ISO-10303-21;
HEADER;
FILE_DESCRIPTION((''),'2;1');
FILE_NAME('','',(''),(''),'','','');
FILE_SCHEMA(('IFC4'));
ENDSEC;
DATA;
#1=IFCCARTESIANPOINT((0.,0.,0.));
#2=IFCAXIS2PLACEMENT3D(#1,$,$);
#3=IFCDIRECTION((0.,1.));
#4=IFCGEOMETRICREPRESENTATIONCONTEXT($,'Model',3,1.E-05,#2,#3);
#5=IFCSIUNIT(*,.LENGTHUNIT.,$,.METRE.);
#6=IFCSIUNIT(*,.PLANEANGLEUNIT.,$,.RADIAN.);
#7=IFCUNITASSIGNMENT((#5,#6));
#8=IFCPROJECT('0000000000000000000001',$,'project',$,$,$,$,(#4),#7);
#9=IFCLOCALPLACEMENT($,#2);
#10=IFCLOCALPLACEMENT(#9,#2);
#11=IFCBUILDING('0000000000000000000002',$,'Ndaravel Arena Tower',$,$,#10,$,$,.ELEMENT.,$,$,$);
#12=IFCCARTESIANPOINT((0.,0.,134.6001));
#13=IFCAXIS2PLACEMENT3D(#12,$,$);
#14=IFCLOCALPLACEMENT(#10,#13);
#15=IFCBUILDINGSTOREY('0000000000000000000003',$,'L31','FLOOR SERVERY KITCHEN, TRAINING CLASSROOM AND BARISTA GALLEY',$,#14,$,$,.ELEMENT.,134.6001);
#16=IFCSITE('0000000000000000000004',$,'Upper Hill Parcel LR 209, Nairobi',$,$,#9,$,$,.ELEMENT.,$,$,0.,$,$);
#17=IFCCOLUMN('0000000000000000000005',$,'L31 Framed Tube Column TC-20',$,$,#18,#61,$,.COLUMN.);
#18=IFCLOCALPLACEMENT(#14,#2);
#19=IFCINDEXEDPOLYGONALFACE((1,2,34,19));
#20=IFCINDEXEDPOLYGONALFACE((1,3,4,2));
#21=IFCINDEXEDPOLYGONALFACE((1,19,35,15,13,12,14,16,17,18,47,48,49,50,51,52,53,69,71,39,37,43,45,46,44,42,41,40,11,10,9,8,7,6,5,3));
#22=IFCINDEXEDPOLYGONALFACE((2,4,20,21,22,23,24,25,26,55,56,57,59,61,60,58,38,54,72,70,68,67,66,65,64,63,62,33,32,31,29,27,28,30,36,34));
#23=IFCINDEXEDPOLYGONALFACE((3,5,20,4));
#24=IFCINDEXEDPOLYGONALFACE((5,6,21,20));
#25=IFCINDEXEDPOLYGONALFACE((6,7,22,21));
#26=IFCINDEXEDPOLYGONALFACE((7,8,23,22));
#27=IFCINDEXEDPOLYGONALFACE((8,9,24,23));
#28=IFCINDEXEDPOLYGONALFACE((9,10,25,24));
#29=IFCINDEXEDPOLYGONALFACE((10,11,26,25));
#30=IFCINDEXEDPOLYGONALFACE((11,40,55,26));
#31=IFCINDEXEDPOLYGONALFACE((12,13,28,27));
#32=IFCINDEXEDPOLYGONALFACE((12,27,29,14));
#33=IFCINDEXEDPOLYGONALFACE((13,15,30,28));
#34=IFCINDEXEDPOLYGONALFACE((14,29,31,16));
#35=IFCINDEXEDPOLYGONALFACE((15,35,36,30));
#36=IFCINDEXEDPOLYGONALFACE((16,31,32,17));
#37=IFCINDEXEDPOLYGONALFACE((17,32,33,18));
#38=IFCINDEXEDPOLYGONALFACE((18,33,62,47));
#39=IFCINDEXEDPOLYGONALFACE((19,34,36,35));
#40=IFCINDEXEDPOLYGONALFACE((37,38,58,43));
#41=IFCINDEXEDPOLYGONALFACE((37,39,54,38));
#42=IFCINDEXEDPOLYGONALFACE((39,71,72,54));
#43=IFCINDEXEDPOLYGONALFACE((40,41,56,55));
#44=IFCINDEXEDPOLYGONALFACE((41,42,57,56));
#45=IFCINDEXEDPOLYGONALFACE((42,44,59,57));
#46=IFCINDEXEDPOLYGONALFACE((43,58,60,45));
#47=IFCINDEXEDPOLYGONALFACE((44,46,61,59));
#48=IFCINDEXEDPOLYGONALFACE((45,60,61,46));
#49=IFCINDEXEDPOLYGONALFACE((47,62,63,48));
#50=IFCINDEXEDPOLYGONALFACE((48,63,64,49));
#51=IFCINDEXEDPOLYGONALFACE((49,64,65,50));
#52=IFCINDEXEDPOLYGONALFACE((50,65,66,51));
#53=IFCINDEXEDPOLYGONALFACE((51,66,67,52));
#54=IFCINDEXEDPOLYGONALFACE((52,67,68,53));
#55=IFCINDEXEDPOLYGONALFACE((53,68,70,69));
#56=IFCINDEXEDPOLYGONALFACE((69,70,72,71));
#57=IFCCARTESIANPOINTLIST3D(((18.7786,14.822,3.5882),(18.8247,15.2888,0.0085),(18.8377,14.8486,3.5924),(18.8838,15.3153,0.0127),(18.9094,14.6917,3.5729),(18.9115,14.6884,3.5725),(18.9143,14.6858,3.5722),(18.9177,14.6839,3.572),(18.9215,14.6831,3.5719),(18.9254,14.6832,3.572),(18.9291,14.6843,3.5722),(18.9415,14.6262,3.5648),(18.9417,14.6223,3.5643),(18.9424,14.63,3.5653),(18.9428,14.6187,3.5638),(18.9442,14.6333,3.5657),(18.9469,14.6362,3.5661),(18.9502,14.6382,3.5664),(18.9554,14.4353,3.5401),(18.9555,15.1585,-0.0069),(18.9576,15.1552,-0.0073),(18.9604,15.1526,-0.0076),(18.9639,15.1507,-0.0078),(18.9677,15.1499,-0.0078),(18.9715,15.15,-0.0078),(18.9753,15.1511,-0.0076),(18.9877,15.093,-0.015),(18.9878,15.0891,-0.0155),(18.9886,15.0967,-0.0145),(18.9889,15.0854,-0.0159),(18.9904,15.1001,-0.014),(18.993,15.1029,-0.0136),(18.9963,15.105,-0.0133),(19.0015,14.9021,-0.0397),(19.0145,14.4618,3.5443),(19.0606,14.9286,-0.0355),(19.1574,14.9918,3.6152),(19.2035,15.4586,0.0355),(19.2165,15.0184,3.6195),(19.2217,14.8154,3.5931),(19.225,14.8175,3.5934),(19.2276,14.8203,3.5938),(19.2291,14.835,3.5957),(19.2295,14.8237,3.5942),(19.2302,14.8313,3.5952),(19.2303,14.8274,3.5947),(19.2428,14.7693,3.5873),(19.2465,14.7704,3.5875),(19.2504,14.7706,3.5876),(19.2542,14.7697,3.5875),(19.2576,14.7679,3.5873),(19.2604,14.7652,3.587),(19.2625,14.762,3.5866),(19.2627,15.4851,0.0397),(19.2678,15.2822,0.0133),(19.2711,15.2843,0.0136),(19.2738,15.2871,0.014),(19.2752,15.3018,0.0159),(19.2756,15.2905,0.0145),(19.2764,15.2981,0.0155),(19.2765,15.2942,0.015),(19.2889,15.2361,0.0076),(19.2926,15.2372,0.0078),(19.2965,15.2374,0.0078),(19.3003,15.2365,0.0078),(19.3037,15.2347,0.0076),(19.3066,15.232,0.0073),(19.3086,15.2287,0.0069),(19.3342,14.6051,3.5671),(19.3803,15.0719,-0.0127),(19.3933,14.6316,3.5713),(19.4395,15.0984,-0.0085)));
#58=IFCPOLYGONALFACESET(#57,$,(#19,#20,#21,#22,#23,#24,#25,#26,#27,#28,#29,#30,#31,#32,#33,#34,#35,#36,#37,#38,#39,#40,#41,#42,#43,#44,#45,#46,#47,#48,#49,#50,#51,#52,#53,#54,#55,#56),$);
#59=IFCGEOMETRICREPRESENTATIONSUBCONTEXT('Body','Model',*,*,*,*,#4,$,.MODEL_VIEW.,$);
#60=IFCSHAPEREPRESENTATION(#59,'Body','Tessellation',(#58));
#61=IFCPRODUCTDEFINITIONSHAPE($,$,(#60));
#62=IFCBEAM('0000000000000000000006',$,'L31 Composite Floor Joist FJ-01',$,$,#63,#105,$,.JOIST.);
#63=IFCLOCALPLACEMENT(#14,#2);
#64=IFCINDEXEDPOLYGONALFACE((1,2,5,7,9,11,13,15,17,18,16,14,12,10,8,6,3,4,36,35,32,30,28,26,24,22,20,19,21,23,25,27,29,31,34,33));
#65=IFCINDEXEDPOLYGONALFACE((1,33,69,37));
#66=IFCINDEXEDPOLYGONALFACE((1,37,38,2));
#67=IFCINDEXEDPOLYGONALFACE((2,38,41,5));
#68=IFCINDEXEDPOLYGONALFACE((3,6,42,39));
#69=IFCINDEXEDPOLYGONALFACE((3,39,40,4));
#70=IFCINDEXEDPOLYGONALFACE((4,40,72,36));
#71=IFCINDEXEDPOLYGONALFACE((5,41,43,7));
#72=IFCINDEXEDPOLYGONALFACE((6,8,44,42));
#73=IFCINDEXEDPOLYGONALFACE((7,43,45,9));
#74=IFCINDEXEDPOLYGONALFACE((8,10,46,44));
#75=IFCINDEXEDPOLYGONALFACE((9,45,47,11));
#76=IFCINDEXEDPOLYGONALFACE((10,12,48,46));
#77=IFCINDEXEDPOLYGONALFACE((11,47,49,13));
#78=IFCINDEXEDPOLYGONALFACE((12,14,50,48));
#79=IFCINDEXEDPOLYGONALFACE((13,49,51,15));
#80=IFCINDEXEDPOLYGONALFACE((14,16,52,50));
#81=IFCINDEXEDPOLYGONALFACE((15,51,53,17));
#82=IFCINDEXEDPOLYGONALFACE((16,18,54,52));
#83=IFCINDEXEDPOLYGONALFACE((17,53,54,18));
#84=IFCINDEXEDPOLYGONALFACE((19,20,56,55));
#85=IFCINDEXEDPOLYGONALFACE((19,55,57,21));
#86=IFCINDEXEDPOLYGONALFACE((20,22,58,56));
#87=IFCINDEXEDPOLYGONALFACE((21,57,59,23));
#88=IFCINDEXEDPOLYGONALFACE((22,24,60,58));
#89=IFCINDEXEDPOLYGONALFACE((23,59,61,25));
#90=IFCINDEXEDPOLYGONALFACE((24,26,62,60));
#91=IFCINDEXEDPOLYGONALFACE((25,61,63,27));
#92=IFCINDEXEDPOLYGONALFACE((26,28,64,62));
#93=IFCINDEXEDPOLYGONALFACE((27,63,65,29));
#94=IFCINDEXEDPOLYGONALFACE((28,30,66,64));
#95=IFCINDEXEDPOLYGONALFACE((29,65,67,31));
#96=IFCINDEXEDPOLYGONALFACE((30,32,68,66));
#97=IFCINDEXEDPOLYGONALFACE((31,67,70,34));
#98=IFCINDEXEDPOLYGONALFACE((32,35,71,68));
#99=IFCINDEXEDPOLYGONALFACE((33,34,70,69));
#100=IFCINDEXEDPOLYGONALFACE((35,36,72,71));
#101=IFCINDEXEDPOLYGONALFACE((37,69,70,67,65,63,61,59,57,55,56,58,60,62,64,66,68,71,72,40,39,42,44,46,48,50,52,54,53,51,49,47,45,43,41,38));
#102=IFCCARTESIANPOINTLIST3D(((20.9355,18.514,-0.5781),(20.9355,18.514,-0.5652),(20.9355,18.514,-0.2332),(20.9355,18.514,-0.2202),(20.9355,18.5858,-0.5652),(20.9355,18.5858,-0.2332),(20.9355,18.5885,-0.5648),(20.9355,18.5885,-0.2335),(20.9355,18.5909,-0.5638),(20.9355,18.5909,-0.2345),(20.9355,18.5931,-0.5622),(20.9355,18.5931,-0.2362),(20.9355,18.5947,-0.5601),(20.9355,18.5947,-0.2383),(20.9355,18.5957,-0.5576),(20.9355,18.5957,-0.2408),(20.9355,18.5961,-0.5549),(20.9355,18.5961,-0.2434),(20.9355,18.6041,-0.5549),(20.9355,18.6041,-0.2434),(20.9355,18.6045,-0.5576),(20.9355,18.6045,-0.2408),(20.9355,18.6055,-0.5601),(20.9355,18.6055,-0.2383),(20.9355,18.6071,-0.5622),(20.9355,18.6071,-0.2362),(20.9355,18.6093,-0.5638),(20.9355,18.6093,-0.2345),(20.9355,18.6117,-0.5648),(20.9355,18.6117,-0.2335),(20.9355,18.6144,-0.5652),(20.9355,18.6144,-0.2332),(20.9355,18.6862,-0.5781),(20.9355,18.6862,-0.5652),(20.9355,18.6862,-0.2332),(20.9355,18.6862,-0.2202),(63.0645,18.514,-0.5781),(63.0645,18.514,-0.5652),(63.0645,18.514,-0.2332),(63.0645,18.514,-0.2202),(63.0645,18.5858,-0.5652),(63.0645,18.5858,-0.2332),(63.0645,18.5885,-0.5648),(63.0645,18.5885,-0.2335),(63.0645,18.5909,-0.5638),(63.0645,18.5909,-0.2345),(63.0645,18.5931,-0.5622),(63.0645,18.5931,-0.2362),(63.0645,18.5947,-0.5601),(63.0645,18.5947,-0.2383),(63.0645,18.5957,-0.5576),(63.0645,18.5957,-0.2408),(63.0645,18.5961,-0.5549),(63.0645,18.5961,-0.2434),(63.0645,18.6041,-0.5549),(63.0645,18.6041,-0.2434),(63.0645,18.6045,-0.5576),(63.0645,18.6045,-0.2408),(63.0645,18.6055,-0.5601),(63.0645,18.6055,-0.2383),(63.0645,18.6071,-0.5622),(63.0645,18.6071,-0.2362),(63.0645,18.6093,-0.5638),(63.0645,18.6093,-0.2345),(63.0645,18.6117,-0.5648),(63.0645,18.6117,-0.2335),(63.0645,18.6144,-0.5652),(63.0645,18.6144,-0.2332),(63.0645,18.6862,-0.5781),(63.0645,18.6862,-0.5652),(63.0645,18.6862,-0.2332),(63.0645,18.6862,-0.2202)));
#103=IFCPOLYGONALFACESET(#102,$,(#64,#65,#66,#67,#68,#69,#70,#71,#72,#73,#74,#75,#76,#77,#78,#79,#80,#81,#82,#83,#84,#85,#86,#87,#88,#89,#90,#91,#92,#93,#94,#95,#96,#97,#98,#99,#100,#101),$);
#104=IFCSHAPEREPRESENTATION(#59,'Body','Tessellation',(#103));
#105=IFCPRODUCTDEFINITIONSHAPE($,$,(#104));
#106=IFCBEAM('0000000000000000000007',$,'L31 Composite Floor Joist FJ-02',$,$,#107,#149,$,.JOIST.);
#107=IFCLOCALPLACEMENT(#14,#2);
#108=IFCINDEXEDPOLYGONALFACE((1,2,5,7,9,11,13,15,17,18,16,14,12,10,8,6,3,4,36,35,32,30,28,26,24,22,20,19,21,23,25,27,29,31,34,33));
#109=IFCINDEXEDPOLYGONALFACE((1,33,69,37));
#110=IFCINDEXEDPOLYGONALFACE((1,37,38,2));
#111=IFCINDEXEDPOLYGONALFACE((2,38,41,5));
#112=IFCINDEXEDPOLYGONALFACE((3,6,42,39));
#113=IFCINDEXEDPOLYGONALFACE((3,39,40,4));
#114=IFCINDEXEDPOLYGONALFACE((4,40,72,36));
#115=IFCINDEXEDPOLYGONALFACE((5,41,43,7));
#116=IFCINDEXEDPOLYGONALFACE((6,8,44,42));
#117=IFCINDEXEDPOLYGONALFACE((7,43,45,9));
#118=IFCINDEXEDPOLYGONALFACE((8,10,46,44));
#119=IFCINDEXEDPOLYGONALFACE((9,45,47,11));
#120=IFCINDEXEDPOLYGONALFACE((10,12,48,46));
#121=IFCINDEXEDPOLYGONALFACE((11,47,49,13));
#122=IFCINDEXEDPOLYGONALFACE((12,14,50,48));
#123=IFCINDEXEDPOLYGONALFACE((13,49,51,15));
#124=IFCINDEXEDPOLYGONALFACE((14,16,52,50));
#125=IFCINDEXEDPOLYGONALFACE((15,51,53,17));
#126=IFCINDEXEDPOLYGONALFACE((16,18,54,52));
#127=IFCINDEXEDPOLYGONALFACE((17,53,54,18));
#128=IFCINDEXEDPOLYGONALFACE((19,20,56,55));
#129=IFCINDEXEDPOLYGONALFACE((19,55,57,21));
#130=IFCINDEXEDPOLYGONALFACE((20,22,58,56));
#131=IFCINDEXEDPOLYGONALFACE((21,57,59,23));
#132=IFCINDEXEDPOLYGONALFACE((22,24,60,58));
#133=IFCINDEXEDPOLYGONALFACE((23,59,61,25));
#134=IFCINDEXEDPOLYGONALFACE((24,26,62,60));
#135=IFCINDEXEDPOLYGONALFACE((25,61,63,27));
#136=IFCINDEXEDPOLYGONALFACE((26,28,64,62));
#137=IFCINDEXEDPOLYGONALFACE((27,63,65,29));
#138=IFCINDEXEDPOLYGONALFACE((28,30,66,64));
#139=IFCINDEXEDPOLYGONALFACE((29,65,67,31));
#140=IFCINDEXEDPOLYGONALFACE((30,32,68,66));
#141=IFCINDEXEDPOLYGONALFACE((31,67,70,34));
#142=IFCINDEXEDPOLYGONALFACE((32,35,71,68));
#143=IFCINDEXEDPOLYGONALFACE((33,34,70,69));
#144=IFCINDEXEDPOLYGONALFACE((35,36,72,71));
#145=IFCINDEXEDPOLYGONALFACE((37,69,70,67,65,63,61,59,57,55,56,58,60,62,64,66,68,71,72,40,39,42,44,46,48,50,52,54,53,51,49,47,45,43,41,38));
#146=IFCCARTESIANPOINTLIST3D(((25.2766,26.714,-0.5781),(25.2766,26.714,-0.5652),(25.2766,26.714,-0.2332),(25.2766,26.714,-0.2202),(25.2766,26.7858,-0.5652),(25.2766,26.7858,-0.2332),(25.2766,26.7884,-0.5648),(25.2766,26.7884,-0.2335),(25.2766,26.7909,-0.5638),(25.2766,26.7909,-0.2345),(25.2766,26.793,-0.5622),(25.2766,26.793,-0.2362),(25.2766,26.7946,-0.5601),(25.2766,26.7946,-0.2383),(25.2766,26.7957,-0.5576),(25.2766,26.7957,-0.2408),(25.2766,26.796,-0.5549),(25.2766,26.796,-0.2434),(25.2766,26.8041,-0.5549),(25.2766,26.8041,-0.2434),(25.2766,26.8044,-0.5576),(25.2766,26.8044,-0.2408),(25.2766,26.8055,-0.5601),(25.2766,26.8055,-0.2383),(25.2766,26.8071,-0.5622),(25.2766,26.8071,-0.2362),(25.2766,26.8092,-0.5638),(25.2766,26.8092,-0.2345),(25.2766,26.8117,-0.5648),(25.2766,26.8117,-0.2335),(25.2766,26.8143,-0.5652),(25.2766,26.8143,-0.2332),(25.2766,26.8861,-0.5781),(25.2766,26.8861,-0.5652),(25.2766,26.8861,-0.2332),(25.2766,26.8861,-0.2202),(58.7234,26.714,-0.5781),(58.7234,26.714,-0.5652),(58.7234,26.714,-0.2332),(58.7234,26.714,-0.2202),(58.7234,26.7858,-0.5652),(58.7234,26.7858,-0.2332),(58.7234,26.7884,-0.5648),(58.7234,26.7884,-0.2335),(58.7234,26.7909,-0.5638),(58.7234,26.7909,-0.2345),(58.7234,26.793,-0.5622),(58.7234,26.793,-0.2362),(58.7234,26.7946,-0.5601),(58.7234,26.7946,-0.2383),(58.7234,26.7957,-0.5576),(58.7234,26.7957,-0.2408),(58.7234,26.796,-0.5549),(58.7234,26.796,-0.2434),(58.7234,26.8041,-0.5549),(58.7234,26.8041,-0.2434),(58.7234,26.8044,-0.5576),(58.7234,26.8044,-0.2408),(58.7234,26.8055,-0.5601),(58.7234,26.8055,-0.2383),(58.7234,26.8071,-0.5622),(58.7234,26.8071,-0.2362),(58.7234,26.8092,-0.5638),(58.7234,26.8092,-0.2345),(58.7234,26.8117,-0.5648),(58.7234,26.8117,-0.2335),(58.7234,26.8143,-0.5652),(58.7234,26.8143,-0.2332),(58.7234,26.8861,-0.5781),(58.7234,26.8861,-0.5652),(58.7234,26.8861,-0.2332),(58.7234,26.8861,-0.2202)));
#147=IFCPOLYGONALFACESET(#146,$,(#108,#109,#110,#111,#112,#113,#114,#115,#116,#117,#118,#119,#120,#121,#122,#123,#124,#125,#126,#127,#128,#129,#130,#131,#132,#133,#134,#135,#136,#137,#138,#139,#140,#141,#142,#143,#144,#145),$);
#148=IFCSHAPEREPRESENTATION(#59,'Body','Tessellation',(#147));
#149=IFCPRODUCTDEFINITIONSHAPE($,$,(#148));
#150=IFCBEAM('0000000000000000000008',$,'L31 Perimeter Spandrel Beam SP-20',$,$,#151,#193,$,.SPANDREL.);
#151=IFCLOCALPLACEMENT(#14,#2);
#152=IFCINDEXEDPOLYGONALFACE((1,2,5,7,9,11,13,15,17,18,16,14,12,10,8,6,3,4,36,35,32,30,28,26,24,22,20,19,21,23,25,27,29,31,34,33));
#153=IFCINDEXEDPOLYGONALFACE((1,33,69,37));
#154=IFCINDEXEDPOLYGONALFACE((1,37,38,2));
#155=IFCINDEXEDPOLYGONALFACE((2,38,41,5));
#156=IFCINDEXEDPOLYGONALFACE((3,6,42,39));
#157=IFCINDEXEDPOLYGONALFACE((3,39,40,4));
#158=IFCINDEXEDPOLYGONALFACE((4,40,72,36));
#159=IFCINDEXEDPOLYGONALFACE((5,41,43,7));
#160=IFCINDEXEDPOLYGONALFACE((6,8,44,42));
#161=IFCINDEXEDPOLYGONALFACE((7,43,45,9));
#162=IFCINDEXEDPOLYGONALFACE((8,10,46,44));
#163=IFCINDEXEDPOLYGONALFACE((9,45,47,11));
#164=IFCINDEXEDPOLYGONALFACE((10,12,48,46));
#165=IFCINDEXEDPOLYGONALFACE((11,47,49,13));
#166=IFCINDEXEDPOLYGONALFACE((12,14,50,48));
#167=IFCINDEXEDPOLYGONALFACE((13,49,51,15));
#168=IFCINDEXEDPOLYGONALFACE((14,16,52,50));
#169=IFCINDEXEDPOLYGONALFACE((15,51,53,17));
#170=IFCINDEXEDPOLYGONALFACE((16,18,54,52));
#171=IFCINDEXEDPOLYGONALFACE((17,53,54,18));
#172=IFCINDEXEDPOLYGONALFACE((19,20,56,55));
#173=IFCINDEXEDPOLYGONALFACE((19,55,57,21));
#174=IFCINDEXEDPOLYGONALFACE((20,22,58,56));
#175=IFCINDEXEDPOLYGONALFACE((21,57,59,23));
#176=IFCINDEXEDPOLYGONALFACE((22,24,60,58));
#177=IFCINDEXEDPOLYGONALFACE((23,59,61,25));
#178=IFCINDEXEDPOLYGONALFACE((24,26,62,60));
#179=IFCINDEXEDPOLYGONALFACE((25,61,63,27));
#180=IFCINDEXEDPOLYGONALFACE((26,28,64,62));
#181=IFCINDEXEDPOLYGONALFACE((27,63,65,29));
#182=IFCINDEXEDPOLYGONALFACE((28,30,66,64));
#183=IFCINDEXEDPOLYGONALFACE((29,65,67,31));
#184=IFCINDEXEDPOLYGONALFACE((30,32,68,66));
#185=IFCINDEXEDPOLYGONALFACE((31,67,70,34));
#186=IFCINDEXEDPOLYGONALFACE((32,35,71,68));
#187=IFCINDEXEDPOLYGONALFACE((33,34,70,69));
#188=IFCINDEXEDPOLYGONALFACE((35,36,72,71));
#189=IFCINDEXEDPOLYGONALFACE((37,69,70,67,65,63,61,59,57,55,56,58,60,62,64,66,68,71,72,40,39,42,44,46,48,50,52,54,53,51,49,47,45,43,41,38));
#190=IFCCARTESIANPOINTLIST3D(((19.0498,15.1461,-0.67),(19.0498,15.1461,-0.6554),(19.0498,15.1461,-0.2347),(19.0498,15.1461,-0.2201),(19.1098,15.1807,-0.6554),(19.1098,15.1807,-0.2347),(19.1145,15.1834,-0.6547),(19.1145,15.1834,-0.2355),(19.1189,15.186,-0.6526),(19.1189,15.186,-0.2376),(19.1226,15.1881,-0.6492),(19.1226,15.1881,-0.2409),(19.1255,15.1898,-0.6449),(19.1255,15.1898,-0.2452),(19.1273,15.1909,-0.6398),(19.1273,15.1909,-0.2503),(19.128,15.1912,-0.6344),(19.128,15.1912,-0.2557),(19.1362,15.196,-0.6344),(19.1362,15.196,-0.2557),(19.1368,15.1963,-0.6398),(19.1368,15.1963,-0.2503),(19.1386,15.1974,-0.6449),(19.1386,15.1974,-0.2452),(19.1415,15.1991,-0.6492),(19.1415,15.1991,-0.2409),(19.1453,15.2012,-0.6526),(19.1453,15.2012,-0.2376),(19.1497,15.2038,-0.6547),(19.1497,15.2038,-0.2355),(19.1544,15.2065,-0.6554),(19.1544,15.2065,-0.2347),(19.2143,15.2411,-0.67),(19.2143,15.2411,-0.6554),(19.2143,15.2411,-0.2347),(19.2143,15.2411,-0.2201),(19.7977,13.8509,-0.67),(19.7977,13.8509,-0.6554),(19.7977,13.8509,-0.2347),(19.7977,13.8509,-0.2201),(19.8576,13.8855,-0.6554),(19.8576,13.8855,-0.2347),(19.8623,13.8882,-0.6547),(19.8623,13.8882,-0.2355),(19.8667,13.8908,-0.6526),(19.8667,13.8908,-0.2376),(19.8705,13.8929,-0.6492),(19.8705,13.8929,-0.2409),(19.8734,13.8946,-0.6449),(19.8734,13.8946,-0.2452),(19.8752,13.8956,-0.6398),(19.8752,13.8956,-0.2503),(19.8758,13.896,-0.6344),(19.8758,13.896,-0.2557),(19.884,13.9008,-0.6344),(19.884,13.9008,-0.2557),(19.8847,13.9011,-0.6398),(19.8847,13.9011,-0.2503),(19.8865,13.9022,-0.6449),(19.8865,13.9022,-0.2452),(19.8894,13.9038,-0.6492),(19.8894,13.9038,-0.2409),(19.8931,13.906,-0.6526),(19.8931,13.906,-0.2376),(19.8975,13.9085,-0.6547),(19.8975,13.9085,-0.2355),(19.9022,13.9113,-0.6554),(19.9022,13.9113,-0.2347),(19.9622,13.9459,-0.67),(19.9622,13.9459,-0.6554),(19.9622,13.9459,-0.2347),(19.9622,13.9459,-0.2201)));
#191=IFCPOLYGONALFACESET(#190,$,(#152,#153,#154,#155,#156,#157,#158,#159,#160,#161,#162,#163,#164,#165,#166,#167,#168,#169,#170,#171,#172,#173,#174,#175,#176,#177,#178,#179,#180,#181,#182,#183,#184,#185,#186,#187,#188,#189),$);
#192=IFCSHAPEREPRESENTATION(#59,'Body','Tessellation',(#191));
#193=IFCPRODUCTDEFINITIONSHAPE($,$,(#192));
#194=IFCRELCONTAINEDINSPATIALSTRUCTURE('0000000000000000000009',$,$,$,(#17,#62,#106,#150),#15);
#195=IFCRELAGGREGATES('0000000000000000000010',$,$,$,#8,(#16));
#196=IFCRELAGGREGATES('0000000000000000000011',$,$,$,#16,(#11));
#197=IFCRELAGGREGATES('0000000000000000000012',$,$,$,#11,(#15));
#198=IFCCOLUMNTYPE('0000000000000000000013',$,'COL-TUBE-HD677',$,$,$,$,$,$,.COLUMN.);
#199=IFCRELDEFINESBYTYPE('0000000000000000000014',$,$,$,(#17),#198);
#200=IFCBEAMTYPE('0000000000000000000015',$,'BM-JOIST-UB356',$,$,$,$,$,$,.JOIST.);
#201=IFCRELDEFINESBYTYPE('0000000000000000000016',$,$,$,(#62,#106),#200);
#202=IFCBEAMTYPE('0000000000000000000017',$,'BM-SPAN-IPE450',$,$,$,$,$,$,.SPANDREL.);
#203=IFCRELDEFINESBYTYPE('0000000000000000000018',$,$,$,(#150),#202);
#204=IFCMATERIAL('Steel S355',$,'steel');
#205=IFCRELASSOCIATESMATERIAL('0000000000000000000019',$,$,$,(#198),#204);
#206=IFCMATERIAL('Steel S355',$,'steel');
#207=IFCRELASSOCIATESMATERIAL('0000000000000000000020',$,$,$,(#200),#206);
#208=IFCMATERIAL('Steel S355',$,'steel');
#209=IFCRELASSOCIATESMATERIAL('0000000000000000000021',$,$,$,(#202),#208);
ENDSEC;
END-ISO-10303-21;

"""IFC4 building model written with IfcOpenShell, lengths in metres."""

from ifc_helpers import new_model, si_unit, direction, frame, origin, origin_2d, place, context, subcontext, project, spatial, i_section, extrude, material, material_profile, profile_set, type_object, element, save


model = new_model("IFC4")

# Units and contexts
model_context = context("Model", 3, precision=1e-05, world=origin(), true_north=direction((0.0, 1.0)))
body_context = subcontext(model_context, "Body", "Model", "MODEL_VIEW")
ifc_project = project(units=[si_unit("LENGTHUNIT", "METRE"), si_unit("PLANEANGLEUNIT", "RADIAN")], contexts=[model_context])

# Site, building, storey
site_placement = place(None, origin())
site = spatial("IfcSite", under=ifc_project, at=site_placement, Name="Upper Hill Parcel LR 209, Nairobi", CompositionType="ELEMENT", RefElevation=0.0)
building_placement = place(site_placement, origin())
building = spatial("IfcBuilding", under=site, at=building_placement, Name="Ndaravel Arena Tower", CompositionType="ELEMENT")
storey_placement = place(building_placement, frame((0.0, 0.0, 134.6001)))
storey = spatial("IfcBuildingStorey", under=building, at=storey_placement, Name="L31", Description="FLOOR SERVERY KITCHEN, TRAINING CLASSROOM AND BARISTA GALLEY", CompositionType="ELEMENT", Elevation=134.6001)

# Column
ifc_material_1 = material(Name="Steel S355", Category="steel")
ifc_material_profile_1 = material_profile(ifc_material_1, i_section(OverallWidth=0.428, OverallDepth=0.481, WebThickness=0.051, FlangeThickness=0.0649, FilletRadius=0.0149, at=origin_2d()), Name="HD 400x677")
ifc_profile_set_1 = profile_set([ifc_material_profile_1], Name="Steel S355")
column_type = type_object("IfcColumnType", Name="COL-TUBE-HD677", PredefinedType="COLUMN", material=ifc_profile_set_1)
column_placement = place(storey_placement, frame((19.1321, 15.1936, 0.0), z_axis=(-0.01278, -0.129291, 0.991524), x_axis=(-0.413106, 0.903706, 0.112515)))
element("IfcColumn", 1, at=column_placement, inside=storey, type_object=column_type, Name="L31 Framed Tube Column TC-20", PredefinedType="COLUMN", context=body_context, shape_type="SweptSolid", body=[
    extrude(i_section(OverallWidth=0.428, OverallDepth=0.481, WebThickness=0.051, FlangeThickness=0.0649, FilletRadius=0.0149, at=origin_2d()), origin(), (0.0, 0.0, 1.0), 3.6104),
])

# Beams
ifc_material_2 = material(Name="Steel S355", Category="steel")
ifc_material_profile_2 = material_profile(ifc_material_2, i_section(OverallWidth=0.1721, OverallDepth=0.3579, WebThickness=0.0081, FlangeThickness=0.0129, FilletRadius=0.0103, at=origin_2d()), Name="UB 356x171x57")
ifc_profile_set_2 = profile_set([ifc_material_profile_2], Name="Steel S355")
beam_type_1 = type_object("IfcBeamType", Name="BM-JOIST-UB356", PredefinedType="JOIST", material=ifc_profile_set_2)
beam_1_placement = place(storey_placement, frame((20.9355, 18.6001, -0.3992), z_axis=(1.0, 0.0, 0.0), x_axis=(0.0, 1.0, 0.0)))
element("IfcBeam", 2, at=beam_1_placement, inside=storey, type_object=beam_type_1, Name="L31 Composite Floor Joist FJ-01", PredefinedType="JOIST", context=body_context, shape_type="SweptSolid", body=[
    extrude(i_section(OverallWidth=0.1721, OverallDepth=0.3579, WebThickness=0.0081, FlangeThickness=0.0129, FilletRadius=0.0103, at=origin_2d()), origin(), (0.0, 0.0, 1.0), 42.1289),
])
beam_2_placement = place(storey_placement, frame((25.2766, 26.8, -0.3992), z_axis=(1.0, 0.0, 0.0), x_axis=(0.0, 1.0, 0.0)))
element("IfcBeam", 3, at=beam_2_placement, inside=storey, type_object=beam_type_1, Name="L31 Composite Floor Joist FJ-02", PredefinedType="JOIST", context=body_context, shape_type="SweptSolid", body=[
    extrude(i_section(OverallWidth=0.1721, OverallDepth=0.3579, WebThickness=0.0081, FlangeThickness=0.0129, FilletRadius=0.0103, at=origin_2d()), origin(), (0.0, 0.0, 1.0), 33.4468),
])
ifc_material_3 = material(Name="Steel S355", Category="steel")
ifc_material_profile_3 = material_profile(ifc_material_3, i_section(OverallWidth=0.1899, OverallDepth=0.45, WebThickness=0.0095, FlangeThickness=0.0146, FilletRadius=0.021, at=origin_2d()), Name="IPE 450")
ifc_profile_set_3 = profile_set([ifc_material_profile_3], Name="Steel S355")
beam_type_2 = type_object("IfcBeamType", Name="BM-SPAN-IPE450", PredefinedType="SPANDREL", material=ifc_profile_set_3)
beam_3_placement = place(storey_placement, frame((19.1321, 15.1936, -0.4451), z_axis=(0.500019, -0.866014, 0.0), x_axis=(0.866014, 0.500019, 0.0)))
element("IfcBeam", 4, at=beam_3_placement, inside=storey, type_object=beam_type_2, Name="L31 Perimeter Spandrel Beam SP-20", PredefinedType="SPANDREL", context=body_context, shape_type="SweptSolid", body=[
    extrude(i_section(OverallWidth=0.1899, OverallDepth=0.45, WebThickness=0.0095, FlangeThickness=0.0146, FilletRadius=0.021, at=origin_2d()), origin(), (0.0, 0.0, 1.0), 1.4956),
])

save(model, "model.ifc")
